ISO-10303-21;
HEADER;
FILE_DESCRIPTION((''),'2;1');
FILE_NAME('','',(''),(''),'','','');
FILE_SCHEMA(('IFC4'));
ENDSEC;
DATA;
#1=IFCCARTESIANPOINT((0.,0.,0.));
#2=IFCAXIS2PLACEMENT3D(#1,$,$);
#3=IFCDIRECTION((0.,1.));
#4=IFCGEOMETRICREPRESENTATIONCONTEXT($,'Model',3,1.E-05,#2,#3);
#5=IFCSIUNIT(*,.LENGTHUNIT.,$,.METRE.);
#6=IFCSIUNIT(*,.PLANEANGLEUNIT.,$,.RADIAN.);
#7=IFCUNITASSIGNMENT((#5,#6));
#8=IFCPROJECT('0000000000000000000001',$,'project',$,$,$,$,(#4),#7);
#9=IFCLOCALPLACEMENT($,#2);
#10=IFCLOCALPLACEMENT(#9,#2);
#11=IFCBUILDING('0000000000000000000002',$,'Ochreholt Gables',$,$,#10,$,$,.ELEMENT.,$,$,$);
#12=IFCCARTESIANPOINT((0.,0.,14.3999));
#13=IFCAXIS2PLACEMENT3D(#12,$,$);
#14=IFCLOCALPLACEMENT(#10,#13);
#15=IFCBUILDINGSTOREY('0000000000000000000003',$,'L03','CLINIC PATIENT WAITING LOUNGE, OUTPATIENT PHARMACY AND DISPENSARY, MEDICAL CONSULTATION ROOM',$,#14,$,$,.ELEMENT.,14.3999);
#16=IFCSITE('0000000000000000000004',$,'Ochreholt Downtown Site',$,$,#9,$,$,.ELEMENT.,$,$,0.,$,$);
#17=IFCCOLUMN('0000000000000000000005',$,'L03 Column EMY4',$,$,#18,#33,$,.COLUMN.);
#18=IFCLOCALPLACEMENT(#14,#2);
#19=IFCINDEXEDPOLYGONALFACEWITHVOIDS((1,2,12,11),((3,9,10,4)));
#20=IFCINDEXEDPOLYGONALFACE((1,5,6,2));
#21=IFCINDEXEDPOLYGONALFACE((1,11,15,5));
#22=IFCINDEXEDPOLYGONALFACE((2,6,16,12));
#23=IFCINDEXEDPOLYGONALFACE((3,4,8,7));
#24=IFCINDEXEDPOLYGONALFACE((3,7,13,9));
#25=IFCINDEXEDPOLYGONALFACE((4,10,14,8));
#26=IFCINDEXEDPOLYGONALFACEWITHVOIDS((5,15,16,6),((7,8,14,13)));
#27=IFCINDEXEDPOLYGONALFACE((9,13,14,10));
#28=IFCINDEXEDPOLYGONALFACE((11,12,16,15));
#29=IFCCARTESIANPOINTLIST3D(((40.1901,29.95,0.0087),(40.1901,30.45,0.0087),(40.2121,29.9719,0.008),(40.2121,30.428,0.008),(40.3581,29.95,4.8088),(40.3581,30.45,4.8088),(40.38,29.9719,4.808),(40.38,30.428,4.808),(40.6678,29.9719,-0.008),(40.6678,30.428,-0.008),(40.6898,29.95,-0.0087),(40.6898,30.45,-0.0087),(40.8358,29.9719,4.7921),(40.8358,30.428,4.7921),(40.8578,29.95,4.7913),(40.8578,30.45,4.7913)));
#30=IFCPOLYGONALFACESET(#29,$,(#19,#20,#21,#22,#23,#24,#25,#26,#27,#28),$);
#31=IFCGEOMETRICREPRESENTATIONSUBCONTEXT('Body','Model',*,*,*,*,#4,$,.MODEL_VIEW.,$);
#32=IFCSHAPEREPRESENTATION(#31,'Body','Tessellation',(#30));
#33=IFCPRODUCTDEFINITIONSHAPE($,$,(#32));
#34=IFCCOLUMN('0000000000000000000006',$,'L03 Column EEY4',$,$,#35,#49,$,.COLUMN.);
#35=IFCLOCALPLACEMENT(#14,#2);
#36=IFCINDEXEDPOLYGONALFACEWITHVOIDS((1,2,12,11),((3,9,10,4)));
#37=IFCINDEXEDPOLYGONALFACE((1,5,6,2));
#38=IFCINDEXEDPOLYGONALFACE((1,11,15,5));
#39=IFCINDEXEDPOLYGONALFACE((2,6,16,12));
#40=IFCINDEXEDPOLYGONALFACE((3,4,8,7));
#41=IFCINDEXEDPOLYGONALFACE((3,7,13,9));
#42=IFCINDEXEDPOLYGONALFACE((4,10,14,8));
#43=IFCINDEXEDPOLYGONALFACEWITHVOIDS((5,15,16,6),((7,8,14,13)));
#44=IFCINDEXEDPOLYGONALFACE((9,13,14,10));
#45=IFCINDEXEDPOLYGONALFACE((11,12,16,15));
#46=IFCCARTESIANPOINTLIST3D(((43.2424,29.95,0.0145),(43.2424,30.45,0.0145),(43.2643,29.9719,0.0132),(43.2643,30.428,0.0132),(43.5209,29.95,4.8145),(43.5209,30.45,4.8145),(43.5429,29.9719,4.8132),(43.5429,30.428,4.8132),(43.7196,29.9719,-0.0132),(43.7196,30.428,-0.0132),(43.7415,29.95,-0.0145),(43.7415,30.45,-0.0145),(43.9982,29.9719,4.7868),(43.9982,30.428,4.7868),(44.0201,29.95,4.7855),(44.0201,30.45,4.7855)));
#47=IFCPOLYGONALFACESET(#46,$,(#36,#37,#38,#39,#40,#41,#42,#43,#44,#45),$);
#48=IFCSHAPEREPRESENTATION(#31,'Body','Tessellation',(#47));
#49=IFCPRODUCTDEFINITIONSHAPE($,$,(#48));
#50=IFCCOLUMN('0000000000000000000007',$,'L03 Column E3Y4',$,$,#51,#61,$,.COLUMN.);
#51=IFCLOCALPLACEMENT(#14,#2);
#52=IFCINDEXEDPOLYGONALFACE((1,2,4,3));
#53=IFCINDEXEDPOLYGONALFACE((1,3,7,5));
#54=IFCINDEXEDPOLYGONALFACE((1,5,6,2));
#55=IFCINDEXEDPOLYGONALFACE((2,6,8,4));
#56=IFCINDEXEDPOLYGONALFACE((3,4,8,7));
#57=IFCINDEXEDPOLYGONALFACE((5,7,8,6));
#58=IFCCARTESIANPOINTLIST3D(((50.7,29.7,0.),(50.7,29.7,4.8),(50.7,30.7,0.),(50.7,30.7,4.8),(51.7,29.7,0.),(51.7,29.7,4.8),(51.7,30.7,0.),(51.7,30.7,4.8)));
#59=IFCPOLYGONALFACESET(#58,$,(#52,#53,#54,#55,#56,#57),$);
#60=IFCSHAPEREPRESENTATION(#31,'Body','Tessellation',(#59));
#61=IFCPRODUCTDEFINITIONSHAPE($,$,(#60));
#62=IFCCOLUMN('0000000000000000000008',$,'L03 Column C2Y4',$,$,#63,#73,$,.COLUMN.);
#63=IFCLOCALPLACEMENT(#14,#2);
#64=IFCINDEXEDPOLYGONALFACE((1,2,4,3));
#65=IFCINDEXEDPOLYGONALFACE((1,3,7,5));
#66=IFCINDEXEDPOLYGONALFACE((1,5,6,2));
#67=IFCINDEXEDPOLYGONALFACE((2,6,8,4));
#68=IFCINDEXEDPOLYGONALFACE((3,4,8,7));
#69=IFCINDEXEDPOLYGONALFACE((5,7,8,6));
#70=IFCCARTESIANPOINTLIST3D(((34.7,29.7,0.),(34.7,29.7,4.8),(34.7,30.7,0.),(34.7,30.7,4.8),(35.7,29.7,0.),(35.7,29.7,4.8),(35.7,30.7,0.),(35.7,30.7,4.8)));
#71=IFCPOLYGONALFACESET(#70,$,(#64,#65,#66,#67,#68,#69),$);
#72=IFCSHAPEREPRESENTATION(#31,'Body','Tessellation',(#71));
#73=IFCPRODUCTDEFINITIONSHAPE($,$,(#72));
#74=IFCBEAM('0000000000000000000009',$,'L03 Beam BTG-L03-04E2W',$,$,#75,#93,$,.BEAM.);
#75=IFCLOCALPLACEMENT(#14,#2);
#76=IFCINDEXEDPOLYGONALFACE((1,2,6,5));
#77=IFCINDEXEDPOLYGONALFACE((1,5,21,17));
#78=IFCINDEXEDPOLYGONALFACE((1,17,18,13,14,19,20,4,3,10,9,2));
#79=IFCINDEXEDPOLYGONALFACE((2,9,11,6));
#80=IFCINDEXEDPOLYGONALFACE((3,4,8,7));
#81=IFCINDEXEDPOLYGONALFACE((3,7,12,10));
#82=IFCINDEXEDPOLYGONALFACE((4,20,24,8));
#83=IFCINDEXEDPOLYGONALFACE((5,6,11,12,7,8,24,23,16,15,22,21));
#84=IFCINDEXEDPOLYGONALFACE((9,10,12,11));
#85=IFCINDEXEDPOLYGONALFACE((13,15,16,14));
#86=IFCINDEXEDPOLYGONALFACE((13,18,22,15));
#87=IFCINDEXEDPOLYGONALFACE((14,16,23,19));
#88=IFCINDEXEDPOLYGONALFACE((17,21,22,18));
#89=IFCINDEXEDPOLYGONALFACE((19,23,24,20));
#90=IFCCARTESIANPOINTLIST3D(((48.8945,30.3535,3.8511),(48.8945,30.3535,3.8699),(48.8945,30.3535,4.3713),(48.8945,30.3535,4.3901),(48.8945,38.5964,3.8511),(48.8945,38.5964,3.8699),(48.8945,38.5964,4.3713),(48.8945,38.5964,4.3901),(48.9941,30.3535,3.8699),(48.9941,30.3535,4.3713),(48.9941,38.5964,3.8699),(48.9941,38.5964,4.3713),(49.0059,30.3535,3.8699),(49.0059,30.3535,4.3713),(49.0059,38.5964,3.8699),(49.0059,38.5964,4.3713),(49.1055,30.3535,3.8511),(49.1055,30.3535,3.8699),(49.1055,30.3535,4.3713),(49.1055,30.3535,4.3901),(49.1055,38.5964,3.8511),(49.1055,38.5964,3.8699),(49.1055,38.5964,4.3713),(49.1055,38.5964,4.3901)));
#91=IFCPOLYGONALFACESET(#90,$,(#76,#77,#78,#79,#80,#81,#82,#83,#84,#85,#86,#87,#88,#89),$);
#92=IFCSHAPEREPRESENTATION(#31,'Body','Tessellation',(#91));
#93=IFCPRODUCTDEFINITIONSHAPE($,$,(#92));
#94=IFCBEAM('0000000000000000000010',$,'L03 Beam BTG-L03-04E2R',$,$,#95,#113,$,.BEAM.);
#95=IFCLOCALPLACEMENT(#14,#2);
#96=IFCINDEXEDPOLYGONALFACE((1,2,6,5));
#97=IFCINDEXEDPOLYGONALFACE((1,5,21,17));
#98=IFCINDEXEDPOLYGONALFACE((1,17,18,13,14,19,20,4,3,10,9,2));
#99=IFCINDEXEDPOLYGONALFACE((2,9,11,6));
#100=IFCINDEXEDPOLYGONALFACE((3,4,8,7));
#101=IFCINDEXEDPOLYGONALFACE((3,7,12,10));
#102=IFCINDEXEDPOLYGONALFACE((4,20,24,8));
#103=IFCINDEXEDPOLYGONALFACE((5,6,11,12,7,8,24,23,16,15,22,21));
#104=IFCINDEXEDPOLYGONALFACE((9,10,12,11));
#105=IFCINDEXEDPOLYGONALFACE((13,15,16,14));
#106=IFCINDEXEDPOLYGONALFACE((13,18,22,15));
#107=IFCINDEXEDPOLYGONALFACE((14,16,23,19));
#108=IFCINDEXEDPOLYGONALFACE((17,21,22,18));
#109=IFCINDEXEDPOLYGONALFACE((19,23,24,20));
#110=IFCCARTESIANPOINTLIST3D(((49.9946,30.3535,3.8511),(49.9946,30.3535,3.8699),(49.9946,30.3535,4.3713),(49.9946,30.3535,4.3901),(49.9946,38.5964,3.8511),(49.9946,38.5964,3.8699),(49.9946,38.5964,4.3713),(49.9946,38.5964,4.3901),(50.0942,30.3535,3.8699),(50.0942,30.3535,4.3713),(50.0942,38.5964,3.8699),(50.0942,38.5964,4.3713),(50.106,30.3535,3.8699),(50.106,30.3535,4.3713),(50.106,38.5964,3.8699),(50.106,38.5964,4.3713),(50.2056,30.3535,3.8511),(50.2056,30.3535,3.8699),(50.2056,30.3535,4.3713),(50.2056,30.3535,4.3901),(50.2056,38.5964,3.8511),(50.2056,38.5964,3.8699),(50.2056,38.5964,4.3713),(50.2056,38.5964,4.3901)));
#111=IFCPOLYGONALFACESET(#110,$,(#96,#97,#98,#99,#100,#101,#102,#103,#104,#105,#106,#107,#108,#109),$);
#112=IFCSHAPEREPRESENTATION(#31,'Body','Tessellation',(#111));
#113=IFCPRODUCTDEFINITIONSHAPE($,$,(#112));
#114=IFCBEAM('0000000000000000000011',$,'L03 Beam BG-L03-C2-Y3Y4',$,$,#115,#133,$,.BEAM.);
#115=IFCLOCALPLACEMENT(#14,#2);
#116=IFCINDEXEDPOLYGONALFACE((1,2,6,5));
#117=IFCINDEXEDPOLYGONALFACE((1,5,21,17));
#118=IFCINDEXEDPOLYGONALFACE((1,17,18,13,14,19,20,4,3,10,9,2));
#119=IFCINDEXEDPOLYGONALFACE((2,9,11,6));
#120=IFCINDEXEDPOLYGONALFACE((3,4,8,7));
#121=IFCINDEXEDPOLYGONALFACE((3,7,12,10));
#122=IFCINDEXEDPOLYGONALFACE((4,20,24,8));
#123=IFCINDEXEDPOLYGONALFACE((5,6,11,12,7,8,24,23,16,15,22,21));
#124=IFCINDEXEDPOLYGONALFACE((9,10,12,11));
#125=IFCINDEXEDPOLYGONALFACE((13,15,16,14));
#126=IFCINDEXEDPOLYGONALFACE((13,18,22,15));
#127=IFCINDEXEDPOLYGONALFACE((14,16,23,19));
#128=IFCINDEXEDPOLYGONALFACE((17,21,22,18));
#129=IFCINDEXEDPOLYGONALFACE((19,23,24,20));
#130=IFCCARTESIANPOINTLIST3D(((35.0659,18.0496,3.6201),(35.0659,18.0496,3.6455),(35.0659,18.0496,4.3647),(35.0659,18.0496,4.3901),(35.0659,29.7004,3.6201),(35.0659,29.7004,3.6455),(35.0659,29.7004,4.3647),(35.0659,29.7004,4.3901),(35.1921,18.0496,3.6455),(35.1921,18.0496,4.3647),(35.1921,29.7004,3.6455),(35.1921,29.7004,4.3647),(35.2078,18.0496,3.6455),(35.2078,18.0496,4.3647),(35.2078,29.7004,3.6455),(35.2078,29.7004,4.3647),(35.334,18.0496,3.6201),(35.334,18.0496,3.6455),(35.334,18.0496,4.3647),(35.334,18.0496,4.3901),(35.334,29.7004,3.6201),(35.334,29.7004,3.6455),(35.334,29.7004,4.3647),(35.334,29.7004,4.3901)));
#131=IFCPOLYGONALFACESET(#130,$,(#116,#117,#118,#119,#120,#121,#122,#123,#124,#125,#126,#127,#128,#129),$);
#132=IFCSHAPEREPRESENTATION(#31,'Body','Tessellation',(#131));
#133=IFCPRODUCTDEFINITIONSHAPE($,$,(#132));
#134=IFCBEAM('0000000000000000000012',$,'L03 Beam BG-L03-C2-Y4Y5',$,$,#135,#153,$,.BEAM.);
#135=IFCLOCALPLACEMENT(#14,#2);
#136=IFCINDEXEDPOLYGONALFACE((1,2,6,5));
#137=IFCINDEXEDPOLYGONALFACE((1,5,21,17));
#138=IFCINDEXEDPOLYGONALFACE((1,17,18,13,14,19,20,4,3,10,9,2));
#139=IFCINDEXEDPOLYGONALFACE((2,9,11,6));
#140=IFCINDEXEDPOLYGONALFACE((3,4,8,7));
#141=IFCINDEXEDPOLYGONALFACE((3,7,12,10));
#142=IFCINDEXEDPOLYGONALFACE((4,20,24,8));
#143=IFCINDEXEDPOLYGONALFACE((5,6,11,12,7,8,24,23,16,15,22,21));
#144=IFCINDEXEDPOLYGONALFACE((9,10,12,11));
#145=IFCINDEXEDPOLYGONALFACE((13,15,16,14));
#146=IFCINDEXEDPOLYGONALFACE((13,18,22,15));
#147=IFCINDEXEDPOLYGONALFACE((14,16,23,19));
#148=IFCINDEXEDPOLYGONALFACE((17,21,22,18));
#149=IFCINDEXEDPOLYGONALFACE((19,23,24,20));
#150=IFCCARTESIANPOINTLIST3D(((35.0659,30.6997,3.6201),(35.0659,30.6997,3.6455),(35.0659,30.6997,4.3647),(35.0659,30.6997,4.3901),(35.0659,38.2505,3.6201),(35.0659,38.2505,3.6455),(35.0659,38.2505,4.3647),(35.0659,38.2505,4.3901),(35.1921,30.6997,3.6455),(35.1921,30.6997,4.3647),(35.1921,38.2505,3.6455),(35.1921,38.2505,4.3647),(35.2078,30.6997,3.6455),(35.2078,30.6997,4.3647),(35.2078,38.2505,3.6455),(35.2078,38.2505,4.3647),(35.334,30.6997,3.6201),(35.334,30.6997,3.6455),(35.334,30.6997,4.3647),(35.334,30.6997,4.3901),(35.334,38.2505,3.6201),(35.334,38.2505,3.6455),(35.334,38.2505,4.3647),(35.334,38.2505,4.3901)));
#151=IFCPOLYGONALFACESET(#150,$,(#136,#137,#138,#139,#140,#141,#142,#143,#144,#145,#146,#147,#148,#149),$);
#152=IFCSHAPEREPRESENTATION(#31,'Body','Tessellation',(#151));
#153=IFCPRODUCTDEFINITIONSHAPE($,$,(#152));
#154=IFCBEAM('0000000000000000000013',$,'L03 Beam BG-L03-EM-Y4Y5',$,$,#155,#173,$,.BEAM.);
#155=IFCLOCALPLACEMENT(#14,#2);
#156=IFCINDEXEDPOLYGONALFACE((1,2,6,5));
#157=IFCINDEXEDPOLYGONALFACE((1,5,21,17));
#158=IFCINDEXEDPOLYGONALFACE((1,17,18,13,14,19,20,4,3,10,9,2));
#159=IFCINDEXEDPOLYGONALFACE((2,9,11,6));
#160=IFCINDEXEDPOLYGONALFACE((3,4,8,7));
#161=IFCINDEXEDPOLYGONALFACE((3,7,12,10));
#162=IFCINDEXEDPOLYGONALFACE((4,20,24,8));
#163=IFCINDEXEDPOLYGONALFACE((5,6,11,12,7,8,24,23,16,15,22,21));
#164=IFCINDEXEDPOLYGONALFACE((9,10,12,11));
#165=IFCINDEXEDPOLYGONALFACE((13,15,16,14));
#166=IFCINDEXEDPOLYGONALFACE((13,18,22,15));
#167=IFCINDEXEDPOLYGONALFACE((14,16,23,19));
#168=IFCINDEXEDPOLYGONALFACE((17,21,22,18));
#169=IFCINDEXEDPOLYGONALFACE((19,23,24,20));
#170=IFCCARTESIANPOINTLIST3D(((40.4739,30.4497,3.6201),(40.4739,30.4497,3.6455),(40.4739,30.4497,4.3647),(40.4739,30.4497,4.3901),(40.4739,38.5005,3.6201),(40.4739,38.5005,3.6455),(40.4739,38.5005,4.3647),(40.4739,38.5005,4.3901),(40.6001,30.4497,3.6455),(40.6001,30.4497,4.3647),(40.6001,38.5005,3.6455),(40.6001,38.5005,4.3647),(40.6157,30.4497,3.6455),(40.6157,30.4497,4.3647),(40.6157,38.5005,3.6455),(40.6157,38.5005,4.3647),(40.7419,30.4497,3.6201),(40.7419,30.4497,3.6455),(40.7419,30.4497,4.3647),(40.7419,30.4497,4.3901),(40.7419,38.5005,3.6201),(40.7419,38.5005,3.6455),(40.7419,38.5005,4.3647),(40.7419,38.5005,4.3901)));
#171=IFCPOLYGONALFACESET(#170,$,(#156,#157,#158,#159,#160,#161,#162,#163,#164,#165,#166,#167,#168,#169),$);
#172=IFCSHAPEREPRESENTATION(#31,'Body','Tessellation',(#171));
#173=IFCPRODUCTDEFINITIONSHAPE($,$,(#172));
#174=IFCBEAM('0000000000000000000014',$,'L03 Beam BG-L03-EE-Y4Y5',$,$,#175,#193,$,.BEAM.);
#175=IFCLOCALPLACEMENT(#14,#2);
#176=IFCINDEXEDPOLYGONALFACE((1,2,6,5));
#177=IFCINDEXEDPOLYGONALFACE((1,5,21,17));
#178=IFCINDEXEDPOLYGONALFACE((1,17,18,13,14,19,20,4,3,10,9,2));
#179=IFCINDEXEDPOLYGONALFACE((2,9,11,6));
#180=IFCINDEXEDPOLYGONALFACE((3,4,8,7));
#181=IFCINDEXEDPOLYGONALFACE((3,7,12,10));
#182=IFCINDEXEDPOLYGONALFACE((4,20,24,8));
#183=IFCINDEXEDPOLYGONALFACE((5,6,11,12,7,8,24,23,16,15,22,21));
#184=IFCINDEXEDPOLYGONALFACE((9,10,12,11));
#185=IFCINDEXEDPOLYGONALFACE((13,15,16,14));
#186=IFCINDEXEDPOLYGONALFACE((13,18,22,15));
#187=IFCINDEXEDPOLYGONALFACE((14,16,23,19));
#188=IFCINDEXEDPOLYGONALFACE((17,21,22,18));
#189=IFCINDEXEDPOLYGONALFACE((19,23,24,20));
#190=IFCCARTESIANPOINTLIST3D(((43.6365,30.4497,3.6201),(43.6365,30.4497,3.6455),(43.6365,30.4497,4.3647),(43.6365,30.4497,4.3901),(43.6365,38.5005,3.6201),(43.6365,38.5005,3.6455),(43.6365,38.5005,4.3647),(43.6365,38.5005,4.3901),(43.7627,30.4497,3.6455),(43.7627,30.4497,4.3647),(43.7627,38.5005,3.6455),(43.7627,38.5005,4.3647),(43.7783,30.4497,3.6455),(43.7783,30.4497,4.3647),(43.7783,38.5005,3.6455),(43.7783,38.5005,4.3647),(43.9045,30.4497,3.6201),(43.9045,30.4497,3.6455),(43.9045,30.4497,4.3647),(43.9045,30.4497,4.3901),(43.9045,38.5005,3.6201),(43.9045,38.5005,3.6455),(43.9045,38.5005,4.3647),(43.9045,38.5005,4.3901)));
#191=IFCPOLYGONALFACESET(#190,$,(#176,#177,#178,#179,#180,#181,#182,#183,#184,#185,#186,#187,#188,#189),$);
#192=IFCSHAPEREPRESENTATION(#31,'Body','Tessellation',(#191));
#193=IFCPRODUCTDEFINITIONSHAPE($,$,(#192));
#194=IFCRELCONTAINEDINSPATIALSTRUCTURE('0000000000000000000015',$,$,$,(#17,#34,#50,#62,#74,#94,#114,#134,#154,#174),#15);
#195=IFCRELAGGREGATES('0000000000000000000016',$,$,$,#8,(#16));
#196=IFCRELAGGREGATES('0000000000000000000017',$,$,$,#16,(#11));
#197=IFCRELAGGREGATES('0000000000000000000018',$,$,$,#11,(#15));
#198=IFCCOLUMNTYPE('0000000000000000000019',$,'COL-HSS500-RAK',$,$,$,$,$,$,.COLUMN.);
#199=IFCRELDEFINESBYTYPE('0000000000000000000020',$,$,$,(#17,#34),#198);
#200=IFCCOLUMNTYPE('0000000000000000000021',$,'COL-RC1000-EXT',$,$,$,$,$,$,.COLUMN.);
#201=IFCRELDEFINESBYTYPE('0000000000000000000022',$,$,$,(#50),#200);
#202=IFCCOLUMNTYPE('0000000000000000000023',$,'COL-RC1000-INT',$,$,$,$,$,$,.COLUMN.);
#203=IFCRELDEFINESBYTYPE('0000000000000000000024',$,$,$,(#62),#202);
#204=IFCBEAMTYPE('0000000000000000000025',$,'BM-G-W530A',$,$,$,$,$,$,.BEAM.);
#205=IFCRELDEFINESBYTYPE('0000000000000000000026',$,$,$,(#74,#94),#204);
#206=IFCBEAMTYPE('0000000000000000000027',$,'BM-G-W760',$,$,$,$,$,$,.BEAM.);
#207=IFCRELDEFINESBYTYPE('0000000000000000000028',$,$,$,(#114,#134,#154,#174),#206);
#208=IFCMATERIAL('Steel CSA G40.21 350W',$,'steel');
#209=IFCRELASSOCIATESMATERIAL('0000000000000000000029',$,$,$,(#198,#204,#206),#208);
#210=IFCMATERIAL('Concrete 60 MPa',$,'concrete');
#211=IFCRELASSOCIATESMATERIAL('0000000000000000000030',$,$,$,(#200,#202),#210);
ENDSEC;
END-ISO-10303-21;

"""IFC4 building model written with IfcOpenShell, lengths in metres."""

from ifc_helpers import new_model, si_unit, direction, frame, origin, origin_2d, place, context, subcontext, project, spatial, rectangle, hollow_rectangle, i_section, extrude, material, material_profile, profile_set, type_object, element, save


model = new_model("IFC4")

# Units and contexts
model_context = context("Model", 3, precision=1e-05, world=origin(), true_north=direction((0.0, 1.0)))
body_context = subcontext(model_context, "Body", "Model", "MODEL_VIEW")
ifc_project = project(units=[si_unit("LENGTHUNIT", "METRE"), si_unit("PLANEANGLEUNIT", "RADIAN")], contexts=[model_context])

# Site, building, storey
site_placement = place(None, origin())
site = spatial("IfcSite", under=ifc_project, at=site_placement, Name="Ochreholt Downtown Site", CompositionType="ELEMENT", RefElevation=0.0)
building_placement = place(site_placement, origin())
building = spatial("IfcBuilding", under=site, at=building_placement, Name="Ochreholt Gables", CompositionType="ELEMENT")
storey_placement = place(building_placement, frame((0.0, 0.0, 14.3999)))
storey = spatial("IfcBuildingStorey", under=building, at=storey_placement, Name="L03", Description="CLINIC PATIENT WAITING LOUNGE, OUTPATIENT PHARMACY AND DISPENSARY, MEDICAL CONSULTATION ROOM", CompositionType="ELEMENT", Elevation=14.3999)

# Columns
ifc_material_1 = material(Name="Steel CSA G40.21 350W", Category="steel")
ifc_material_profile_1 = material_profile(ifc_material_1, hollow_rectangle(XDim=0.5, YDim=0.5, WallThickness=0.022, at=origin_2d()), Name="HSS500X500X22")
ifc_profile_set_1 = profile_set([ifc_material_profile_1], Name="Steel CSA G40.21 350W")
column_type_1 = type_object("IfcColumnType", Name="COL-HSS500-RAK", PredefinedType="COLUMN", material=ifc_profile_set_1)
column_1_placement = place(storey_placement, frame((40.4399, 30.2, 0.0), z_axis=(0.034972, 0.0, 0.999388), x_axis=(0.0, 1.0, 0.0)))
element("IfcColumn", 1, at=column_1_placement, inside=storey, type_object=column_type_1, Name="L03 Column EMY4", PredefinedType="COLUMN", context=body_context, shape_type="SweptSolid", body=[
    extrude(hollow_rectangle(XDim=0.5, YDim=0.5, WallThickness=0.022, at=origin_2d()), origin(), (0.0, 0.0, 1.0), 4.803),
])
column_2_placement = place(storey_placement, frame((43.4919, 30.2, 0.0), z_axis=(0.057936, 0.0, 0.99832), x_axis=(0.0, 1.0, 0.0)))
element("IfcColumn", 2, at=column_2_placement, inside=storey, type_object=column_type_1, Name="L03 Column EEY4", PredefinedType="COLUMN", context=body_context, shape_type="SweptSolid", body=[
    extrude(hollow_rectangle(XDim=0.5, YDim=0.5, WallThickness=0.022, at=origin_2d()), origin(), (0.0, 0.0, 1.0), 4.8081),
])
ifc_material_2 = material(Name="Concrete 60 MPa", Category="concrete")
ifc_material_profile_2 = material_profile(ifc_material_2, rectangle(XDim=1.0, YDim=1.0, at=origin_2d()), Name="RC1000X1000")
ifc_profile_set_2 = profile_set([ifc_material_profile_2], Name="Concrete 60 MPa")
column_type_2 = type_object("IfcColumnType", Name="COL-RC1000-EXT", PredefinedType="COLUMN", material=ifc_profile_set_2)
column_3_placement = place(storey_placement, frame((51.2, 30.2, 0.0), z_axis=(0.0, 0.0, 1.0), x_axis=(1.0, 0.0, 0.0)))
element("IfcColumn", 3, at=column_3_placement, inside=storey, type_object=column_type_2, Name="L03 Column E3Y4", PredefinedType="COLUMN", context=body_context, shape_type="SweptSolid", body=[
    extrude(rectangle(XDim=1.0, YDim=1.0, at=origin_2d()), origin(), (0.0, 0.0, 1.0), 4.8),
])
ifc_material_profile_3 = material_profile(ifc_material_2, rectangle(XDim=1.0, YDim=1.0, at=origin_2d()), Name="RC1000X1000")
ifc_profile_set_3 = profile_set([ifc_material_profile_3], Name="Concrete 60 MPa")
column_type_3 = type_object("IfcColumnType", Name="COL-RC1000-INT", PredefinedType="COLUMN", material=ifc_profile_set_3)
column_4_placement = place(storey_placement, frame((35.2, 30.2, 0.0), z_axis=(0.0, 0.0, 1.0), x_axis=(1.0, 0.0, 0.0)))
element("IfcColumn", 4, at=column_4_placement, inside=storey, type_object=column_type_3, Name="L03 Column C2Y4", PredefinedType="COLUMN", context=body_context, shape_type="SweptSolid", body=[
    extrude(rectangle(XDim=1.0, YDim=1.0, at=origin_2d()), origin(), (0.0, 0.0, 1.0), 4.8),
])

# Beams
ifc_material_profile_4 = material_profile(ifc_material_1, i_section(OverallWidth=0.2109, OverallDepth=0.5391, WebThickness=0.0117, FlangeThickness=0.0188, at=origin_2d()), Name="W530X109")
ifc_profile_set_4 = profile_set([ifc_material_profile_4], Name="Steel CSA G40.21 350W")
beam_type_1 = type_object("IfcBeamType", Name="BM-G-W530A", PredefinedType="BEAM", material=ifc_profile_set_4)
for number, where, z_axis, x_axis, name in (
    (5, (49.0, 30.3535, 4.1206), (0.0, 1.0, 0.0), (-1.0, 0.0, 0.0), "L03 Beam BTG-L03-04E2W"),
    (6, (50.1001, 30.3535, 4.1206), (0.0, 1.0, 0.0), (-1.0, 0.0, 0.0), "L03 Beam BTG-L03-04E2R"),
):
    element("IfcBeam", number, at=place(storey_placement, frame(where, z_axis=z_axis, x_axis=x_axis)), inside=storey, type_object=beam_type_1, Name=name, PredefinedType="BEAM", context=body_context, shape_type="SweptSolid", body=[
        extrude(i_section(OverallWidth=0.2109, OverallDepth=0.5391, WebThickness=0.0117, FlangeThickness=0.0188, at=origin_2d()), origin(), (0.0, 0.0, 1.0), 8.2429),
    ])
ifc_material_profile_5 = material_profile(ifc_material_1, i_section(OverallWidth=0.2681, OverallDepth=0.77, WebThickness=0.0156, FlangeThickness=0.0254, at=origin_2d()), Name="W760X196")
ifc_profile_set_5 = profile_set([ifc_material_profile_5], Name="Steel CSA G40.21 350W")
beam_type_2 = type_object("IfcBeamType", Name="BM-G-W760", PredefinedType="BEAM", material=ifc_profile_set_5)
beam_1_placement = place(storey_placement, frame((35.2, 18.0496, 4.0051), z_axis=(0.0, 1.0, 0.0), x_axis=(-1.0, 0.0, 0.0)))
element("IfcBeam", 7, at=beam_1_placement, inside=storey, type_object=beam_type_2, Name="L03 Beam BG-L03-C2-Y3Y4", PredefinedType="BEAM", context=body_context, shape_type="SweptSolid", body=[
    extrude(i_section(OverallWidth=0.2681, OverallDepth=0.77, WebThickness=0.0156, FlangeThickness=0.0254, at=origin_2d()), origin(), (0.0, 0.0, 1.0), 11.6509),
])
beam_2_placement = place(storey_placement, frame((35.2, 30.6997, 4.0051), z_axis=(0.0, 1.0, 0.0), x_axis=(-1.0, 0.0, 0.0)))
element("IfcBeam", 8, at=beam_2_placement, inside=storey, type_object=beam_type_2, Name="L03 Beam BG-L03-C2-Y4Y5", PredefinedType="BEAM", context=body_context, shape_type="SweptSolid", body=[
    extrude(i_section(OverallWidth=0.2681, OverallDepth=0.77, WebThickness=0.0156, FlangeThickness=0.0254, at=origin_2d()), origin(), (0.0, 0.0, 1.0), 7.5508),
])
for number, where, z_axis, x_axis, name in (
    (9, (40.6079, 30.4497, 4.0051), (0.0, 1.0, 0.0), (-1.0, 0.0, 0.0), "L03 Beam BG-L03-EM-Y4Y5"),
    (10, (43.7705, 30.4497, 4.0051), (0.0, 1.0, 0.0), (-1.0, 0.0, 0.0), "L03 Beam BG-L03-EE-Y4Y5"),
):
    element("IfcBeam", number, at=place(storey_placement, frame(where, z_axis=z_axis, x_axis=x_axis)), inside=storey, type_object=beam_type_2, Name=name, PredefinedType="BEAM", context=body_context, shape_type="SweptSolid", body=[
        extrude(i_section(OverallWidth=0.2681, OverallDepth=0.77, WebThickness=0.0156, FlangeThickness=0.0254, at=origin_2d()), origin(), (0.0, 0.0, 1.0), 8.0508),
    ])

save(model, "model.ifc")
